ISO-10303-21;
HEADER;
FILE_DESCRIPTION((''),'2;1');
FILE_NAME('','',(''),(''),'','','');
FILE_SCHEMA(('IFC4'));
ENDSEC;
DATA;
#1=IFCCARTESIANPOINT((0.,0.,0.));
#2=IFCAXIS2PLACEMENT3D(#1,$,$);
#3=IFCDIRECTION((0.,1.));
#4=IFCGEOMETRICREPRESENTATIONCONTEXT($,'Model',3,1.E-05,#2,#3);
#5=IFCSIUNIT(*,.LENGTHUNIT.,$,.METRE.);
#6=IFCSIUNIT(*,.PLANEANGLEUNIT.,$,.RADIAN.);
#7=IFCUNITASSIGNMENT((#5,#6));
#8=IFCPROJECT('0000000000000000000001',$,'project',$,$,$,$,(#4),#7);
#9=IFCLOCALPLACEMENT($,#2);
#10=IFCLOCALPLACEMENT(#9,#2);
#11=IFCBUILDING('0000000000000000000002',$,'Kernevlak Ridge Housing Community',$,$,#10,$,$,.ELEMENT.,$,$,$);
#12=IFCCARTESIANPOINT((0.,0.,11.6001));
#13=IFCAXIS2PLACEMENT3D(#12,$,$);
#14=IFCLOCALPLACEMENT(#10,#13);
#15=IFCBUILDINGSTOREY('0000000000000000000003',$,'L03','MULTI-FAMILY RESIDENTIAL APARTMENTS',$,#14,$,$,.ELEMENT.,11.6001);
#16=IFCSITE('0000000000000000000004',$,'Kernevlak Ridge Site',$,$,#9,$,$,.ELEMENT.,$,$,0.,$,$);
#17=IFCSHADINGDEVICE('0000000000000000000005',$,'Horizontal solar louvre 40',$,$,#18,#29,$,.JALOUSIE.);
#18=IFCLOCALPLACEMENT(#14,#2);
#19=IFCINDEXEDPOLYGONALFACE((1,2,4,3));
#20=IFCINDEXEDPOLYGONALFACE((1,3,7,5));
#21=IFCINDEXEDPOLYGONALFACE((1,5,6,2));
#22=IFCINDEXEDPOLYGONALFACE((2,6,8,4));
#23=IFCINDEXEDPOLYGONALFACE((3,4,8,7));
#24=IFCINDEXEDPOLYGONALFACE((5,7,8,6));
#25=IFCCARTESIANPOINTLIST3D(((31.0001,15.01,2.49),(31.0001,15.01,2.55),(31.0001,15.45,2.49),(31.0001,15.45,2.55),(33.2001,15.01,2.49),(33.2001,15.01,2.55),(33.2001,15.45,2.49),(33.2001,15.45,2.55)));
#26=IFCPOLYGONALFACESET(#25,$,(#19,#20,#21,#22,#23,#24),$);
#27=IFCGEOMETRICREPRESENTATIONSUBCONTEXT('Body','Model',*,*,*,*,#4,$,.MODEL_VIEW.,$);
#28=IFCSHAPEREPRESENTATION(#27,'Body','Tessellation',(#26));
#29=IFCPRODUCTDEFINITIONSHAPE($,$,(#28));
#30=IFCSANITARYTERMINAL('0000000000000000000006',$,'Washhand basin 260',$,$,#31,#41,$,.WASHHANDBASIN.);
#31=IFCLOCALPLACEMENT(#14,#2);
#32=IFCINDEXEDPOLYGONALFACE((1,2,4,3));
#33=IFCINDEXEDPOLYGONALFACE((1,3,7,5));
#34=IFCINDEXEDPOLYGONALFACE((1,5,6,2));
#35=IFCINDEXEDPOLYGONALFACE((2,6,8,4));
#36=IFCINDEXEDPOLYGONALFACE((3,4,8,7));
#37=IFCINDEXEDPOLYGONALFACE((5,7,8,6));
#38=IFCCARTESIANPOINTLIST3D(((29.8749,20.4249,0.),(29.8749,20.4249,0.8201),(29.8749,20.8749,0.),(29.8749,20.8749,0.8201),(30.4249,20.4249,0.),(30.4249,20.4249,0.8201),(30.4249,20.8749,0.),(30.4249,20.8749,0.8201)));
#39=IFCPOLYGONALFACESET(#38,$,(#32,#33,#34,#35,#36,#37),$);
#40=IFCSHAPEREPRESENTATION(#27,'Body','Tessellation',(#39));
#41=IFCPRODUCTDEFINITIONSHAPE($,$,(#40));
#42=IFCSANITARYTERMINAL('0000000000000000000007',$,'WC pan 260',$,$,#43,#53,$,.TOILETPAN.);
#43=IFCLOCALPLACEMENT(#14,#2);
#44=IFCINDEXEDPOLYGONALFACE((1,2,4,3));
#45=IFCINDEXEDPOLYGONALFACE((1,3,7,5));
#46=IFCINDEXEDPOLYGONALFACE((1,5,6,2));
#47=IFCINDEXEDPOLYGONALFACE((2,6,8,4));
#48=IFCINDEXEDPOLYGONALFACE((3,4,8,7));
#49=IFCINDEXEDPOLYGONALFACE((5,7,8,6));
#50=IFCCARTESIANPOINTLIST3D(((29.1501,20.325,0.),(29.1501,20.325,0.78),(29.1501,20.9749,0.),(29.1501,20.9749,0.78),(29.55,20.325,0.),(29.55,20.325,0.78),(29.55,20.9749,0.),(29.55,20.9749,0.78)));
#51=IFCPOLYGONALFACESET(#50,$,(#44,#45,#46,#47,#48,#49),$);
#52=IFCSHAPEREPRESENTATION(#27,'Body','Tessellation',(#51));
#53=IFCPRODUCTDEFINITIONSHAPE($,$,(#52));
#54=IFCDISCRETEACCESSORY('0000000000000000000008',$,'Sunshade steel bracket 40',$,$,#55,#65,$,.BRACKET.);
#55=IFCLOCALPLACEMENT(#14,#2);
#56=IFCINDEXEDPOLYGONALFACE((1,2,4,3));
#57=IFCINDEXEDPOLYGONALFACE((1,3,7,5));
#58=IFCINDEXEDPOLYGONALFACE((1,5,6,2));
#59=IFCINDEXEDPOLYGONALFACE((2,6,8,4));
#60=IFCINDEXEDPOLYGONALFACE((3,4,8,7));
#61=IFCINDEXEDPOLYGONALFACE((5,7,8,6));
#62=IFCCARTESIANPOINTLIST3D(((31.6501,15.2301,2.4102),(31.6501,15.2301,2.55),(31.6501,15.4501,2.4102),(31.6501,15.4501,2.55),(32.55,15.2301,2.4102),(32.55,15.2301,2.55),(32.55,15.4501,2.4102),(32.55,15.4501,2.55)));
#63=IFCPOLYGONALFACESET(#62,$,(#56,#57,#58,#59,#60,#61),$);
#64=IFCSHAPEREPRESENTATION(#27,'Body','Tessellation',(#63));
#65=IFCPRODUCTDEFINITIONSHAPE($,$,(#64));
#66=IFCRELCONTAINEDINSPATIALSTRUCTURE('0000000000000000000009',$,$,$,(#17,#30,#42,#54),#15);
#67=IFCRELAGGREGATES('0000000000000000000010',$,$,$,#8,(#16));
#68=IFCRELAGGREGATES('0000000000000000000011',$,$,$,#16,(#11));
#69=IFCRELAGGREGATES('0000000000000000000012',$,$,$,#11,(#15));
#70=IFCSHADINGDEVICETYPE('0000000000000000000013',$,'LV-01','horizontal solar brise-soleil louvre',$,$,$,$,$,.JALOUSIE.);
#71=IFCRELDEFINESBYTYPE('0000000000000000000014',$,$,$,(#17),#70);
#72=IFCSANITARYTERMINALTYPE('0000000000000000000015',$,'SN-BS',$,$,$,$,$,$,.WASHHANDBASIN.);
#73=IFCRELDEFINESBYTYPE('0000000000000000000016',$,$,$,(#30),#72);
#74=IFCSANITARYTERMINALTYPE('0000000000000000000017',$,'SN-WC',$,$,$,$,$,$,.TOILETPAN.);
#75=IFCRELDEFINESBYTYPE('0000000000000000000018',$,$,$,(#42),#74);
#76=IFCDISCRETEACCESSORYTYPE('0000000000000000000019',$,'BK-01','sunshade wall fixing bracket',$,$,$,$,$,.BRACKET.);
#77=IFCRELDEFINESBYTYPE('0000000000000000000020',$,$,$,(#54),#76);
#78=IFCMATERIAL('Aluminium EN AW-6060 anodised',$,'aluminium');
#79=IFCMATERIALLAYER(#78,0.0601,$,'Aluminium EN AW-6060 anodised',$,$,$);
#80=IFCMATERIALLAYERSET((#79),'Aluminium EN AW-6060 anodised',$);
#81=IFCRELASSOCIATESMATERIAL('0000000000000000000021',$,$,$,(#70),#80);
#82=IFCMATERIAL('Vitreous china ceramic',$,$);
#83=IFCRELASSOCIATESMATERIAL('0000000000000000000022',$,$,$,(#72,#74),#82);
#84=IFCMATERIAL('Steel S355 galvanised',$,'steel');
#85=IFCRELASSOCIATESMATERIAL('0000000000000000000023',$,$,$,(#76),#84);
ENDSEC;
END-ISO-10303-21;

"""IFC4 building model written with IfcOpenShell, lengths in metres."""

from ifc_helpers import new_model, si_unit, direction, frame, origin, origin_2d, place, context, subcontext, project, spatial, rectangle, extrude, material, layer, layer_set, type_object, element, save


model = new_model("IFC4")

# Units and contexts
model_context = context("Model", 3, precision=1e-05, world=origin(), true_north=direction((0.0, 1.0)))
body_context = subcontext(model_context, "Body", "Model", "MODEL_VIEW")
ifc_project = project(units=[si_unit("LENGTHUNIT", "METRE"), si_unit("PLANEANGLEUNIT", "RADIAN")], contexts=[model_context])

# Site, building, storey
site_placement = place(None, origin())
site = spatial("IfcSite", under=ifc_project, at=site_placement, Name="Kernevlak Ridge Site", CompositionType="ELEMENT", RefElevation=0.0)
building_placement = place(site_placement, origin())
building = spatial("IfcBuilding", under=site, at=building_placement, Name="Kernevlak Ridge Housing Community", CompositionType="ELEMENT")
storey_placement = place(building_placement, frame((0.0, 0.0, 11.6001)))
storey = spatial("IfcBuildingStorey", under=building, at=storey_placement, Name="L03", Description="MULTI-FAMILY RESIDENTIAL APARTMENTS", CompositionType="ELEMENT", Elevation=11.6001)

# Shading device
ifc_material_1 = material(Name="Aluminium EN AW-6060 anodised", Category="aluminium")
ifc_layer_1 = layer(ifc_material_1, 0.0601, Name="Aluminium EN AW-6060 anodised")
ifc_layer_set_1 = layer_set([ifc_layer_1], Name="Aluminium EN AW-6060 anodised")
shading_device_type = type_object("IfcShadingDeviceType", Name="LV-01", Description="horizontal solar brise-soleil louvre", PredefinedType="JALOUSIE", material=ifc_layer_set_1)
shading_device_placement = place(storey_placement, frame((32.1001, 15.23, 2.49), z_axis=(0.0, 0.0, 1.0), x_axis=(1.0, 0.0, 0.0)))
element("IfcShadingDevice", 1, at=shading_device_placement, inside=storey, type_object=shading_device_type, Name="Horizontal solar louvre 40", PredefinedType="JALOUSIE", context=body_context, shape_type="SweptSolid", body=[
    extrude(rectangle(XDim=2.2, YDim=0.4399, at=origin_2d()), origin(), (0.0, 0.0, 1.0), 0.0601),
])

# Sanitary terminals
ifc_material_2 = material(Name="Vitreous china ceramic")
sanitary_terminal_type_1 = type_object("IfcSanitaryTerminalType", Name="SN-BS", PredefinedType="WASHHANDBASIN", material=ifc_material_2)
sanitary_terminal_1_placement = place(storey_placement, frame((30.1499, 20.6499, 0.0), z_axis=(0.0, 0.0, 1.0), x_axis=(1.0, 0.0, 0.0)))
element("IfcSanitaryTerminal", 2, at=sanitary_terminal_1_placement, inside=storey, type_object=sanitary_terminal_type_1, Name="Washhand basin 260", PredefinedType="WASHHANDBASIN", context=body_context, shape_type="SweptSolid", body=[
    extrude(rectangle(XDim=0.55, YDim=0.45, at=origin_2d()), origin(), (0.0, 0.0, 1.0), 0.8201),
])
sanitary_terminal_type_2 = type_object("IfcSanitaryTerminalType", Name="SN-WC", PredefinedType="TOILETPAN", material=ifc_material_2)
sanitary_terminal_2_placement = place(storey_placement, frame((29.3501, 20.6499, 0.0), z_axis=(0.0, 0.0, 1.0), x_axis=(1.0, 0.0, 0.0)))
element("IfcSanitaryTerminal", 3, at=sanitary_terminal_2_placement, inside=storey, type_object=sanitary_terminal_type_2, Name="WC pan 260", PredefinedType="TOILETPAN", context=body_context, shape_type="SweptSolid", body=[
    extrude(rectangle(XDim=0.3999, YDim=0.6499, at=origin_2d()), origin(), (0.0, 0.0, 1.0), 0.78),
])

# Discrete accessory
ifc_material_3 = material(Name="Steel S355 galvanised", Category="steel")
discrete_accessory_type = type_object("IfcDiscreteAccessoryType", Name="BK-01", Description="sunshade wall fixing bracket", PredefinedType="BRACKET", material=ifc_material_3)
discrete_accessory_placement = place(storey_placement, frame((32.1001, 15.3401, 2.4102), z_axis=(0.0, 0.0, 1.0), x_axis=(1.0, 0.0, 0.0)))
element("IfcDiscreteAccessory", 4, at=discrete_accessory_placement, inside=storey, type_object=discrete_accessory_type, Name="Sunshade steel bracket 40", PredefinedType="BRACKET", context=body_context, shape_type="SweptSolid", body=[
    extrude(rectangle(XDim=0.8999, YDim=0.22, at=origin_2d()), origin(), (0.0, 0.0, 1.0), 0.1399),
])

save(model, "model.ifc")
